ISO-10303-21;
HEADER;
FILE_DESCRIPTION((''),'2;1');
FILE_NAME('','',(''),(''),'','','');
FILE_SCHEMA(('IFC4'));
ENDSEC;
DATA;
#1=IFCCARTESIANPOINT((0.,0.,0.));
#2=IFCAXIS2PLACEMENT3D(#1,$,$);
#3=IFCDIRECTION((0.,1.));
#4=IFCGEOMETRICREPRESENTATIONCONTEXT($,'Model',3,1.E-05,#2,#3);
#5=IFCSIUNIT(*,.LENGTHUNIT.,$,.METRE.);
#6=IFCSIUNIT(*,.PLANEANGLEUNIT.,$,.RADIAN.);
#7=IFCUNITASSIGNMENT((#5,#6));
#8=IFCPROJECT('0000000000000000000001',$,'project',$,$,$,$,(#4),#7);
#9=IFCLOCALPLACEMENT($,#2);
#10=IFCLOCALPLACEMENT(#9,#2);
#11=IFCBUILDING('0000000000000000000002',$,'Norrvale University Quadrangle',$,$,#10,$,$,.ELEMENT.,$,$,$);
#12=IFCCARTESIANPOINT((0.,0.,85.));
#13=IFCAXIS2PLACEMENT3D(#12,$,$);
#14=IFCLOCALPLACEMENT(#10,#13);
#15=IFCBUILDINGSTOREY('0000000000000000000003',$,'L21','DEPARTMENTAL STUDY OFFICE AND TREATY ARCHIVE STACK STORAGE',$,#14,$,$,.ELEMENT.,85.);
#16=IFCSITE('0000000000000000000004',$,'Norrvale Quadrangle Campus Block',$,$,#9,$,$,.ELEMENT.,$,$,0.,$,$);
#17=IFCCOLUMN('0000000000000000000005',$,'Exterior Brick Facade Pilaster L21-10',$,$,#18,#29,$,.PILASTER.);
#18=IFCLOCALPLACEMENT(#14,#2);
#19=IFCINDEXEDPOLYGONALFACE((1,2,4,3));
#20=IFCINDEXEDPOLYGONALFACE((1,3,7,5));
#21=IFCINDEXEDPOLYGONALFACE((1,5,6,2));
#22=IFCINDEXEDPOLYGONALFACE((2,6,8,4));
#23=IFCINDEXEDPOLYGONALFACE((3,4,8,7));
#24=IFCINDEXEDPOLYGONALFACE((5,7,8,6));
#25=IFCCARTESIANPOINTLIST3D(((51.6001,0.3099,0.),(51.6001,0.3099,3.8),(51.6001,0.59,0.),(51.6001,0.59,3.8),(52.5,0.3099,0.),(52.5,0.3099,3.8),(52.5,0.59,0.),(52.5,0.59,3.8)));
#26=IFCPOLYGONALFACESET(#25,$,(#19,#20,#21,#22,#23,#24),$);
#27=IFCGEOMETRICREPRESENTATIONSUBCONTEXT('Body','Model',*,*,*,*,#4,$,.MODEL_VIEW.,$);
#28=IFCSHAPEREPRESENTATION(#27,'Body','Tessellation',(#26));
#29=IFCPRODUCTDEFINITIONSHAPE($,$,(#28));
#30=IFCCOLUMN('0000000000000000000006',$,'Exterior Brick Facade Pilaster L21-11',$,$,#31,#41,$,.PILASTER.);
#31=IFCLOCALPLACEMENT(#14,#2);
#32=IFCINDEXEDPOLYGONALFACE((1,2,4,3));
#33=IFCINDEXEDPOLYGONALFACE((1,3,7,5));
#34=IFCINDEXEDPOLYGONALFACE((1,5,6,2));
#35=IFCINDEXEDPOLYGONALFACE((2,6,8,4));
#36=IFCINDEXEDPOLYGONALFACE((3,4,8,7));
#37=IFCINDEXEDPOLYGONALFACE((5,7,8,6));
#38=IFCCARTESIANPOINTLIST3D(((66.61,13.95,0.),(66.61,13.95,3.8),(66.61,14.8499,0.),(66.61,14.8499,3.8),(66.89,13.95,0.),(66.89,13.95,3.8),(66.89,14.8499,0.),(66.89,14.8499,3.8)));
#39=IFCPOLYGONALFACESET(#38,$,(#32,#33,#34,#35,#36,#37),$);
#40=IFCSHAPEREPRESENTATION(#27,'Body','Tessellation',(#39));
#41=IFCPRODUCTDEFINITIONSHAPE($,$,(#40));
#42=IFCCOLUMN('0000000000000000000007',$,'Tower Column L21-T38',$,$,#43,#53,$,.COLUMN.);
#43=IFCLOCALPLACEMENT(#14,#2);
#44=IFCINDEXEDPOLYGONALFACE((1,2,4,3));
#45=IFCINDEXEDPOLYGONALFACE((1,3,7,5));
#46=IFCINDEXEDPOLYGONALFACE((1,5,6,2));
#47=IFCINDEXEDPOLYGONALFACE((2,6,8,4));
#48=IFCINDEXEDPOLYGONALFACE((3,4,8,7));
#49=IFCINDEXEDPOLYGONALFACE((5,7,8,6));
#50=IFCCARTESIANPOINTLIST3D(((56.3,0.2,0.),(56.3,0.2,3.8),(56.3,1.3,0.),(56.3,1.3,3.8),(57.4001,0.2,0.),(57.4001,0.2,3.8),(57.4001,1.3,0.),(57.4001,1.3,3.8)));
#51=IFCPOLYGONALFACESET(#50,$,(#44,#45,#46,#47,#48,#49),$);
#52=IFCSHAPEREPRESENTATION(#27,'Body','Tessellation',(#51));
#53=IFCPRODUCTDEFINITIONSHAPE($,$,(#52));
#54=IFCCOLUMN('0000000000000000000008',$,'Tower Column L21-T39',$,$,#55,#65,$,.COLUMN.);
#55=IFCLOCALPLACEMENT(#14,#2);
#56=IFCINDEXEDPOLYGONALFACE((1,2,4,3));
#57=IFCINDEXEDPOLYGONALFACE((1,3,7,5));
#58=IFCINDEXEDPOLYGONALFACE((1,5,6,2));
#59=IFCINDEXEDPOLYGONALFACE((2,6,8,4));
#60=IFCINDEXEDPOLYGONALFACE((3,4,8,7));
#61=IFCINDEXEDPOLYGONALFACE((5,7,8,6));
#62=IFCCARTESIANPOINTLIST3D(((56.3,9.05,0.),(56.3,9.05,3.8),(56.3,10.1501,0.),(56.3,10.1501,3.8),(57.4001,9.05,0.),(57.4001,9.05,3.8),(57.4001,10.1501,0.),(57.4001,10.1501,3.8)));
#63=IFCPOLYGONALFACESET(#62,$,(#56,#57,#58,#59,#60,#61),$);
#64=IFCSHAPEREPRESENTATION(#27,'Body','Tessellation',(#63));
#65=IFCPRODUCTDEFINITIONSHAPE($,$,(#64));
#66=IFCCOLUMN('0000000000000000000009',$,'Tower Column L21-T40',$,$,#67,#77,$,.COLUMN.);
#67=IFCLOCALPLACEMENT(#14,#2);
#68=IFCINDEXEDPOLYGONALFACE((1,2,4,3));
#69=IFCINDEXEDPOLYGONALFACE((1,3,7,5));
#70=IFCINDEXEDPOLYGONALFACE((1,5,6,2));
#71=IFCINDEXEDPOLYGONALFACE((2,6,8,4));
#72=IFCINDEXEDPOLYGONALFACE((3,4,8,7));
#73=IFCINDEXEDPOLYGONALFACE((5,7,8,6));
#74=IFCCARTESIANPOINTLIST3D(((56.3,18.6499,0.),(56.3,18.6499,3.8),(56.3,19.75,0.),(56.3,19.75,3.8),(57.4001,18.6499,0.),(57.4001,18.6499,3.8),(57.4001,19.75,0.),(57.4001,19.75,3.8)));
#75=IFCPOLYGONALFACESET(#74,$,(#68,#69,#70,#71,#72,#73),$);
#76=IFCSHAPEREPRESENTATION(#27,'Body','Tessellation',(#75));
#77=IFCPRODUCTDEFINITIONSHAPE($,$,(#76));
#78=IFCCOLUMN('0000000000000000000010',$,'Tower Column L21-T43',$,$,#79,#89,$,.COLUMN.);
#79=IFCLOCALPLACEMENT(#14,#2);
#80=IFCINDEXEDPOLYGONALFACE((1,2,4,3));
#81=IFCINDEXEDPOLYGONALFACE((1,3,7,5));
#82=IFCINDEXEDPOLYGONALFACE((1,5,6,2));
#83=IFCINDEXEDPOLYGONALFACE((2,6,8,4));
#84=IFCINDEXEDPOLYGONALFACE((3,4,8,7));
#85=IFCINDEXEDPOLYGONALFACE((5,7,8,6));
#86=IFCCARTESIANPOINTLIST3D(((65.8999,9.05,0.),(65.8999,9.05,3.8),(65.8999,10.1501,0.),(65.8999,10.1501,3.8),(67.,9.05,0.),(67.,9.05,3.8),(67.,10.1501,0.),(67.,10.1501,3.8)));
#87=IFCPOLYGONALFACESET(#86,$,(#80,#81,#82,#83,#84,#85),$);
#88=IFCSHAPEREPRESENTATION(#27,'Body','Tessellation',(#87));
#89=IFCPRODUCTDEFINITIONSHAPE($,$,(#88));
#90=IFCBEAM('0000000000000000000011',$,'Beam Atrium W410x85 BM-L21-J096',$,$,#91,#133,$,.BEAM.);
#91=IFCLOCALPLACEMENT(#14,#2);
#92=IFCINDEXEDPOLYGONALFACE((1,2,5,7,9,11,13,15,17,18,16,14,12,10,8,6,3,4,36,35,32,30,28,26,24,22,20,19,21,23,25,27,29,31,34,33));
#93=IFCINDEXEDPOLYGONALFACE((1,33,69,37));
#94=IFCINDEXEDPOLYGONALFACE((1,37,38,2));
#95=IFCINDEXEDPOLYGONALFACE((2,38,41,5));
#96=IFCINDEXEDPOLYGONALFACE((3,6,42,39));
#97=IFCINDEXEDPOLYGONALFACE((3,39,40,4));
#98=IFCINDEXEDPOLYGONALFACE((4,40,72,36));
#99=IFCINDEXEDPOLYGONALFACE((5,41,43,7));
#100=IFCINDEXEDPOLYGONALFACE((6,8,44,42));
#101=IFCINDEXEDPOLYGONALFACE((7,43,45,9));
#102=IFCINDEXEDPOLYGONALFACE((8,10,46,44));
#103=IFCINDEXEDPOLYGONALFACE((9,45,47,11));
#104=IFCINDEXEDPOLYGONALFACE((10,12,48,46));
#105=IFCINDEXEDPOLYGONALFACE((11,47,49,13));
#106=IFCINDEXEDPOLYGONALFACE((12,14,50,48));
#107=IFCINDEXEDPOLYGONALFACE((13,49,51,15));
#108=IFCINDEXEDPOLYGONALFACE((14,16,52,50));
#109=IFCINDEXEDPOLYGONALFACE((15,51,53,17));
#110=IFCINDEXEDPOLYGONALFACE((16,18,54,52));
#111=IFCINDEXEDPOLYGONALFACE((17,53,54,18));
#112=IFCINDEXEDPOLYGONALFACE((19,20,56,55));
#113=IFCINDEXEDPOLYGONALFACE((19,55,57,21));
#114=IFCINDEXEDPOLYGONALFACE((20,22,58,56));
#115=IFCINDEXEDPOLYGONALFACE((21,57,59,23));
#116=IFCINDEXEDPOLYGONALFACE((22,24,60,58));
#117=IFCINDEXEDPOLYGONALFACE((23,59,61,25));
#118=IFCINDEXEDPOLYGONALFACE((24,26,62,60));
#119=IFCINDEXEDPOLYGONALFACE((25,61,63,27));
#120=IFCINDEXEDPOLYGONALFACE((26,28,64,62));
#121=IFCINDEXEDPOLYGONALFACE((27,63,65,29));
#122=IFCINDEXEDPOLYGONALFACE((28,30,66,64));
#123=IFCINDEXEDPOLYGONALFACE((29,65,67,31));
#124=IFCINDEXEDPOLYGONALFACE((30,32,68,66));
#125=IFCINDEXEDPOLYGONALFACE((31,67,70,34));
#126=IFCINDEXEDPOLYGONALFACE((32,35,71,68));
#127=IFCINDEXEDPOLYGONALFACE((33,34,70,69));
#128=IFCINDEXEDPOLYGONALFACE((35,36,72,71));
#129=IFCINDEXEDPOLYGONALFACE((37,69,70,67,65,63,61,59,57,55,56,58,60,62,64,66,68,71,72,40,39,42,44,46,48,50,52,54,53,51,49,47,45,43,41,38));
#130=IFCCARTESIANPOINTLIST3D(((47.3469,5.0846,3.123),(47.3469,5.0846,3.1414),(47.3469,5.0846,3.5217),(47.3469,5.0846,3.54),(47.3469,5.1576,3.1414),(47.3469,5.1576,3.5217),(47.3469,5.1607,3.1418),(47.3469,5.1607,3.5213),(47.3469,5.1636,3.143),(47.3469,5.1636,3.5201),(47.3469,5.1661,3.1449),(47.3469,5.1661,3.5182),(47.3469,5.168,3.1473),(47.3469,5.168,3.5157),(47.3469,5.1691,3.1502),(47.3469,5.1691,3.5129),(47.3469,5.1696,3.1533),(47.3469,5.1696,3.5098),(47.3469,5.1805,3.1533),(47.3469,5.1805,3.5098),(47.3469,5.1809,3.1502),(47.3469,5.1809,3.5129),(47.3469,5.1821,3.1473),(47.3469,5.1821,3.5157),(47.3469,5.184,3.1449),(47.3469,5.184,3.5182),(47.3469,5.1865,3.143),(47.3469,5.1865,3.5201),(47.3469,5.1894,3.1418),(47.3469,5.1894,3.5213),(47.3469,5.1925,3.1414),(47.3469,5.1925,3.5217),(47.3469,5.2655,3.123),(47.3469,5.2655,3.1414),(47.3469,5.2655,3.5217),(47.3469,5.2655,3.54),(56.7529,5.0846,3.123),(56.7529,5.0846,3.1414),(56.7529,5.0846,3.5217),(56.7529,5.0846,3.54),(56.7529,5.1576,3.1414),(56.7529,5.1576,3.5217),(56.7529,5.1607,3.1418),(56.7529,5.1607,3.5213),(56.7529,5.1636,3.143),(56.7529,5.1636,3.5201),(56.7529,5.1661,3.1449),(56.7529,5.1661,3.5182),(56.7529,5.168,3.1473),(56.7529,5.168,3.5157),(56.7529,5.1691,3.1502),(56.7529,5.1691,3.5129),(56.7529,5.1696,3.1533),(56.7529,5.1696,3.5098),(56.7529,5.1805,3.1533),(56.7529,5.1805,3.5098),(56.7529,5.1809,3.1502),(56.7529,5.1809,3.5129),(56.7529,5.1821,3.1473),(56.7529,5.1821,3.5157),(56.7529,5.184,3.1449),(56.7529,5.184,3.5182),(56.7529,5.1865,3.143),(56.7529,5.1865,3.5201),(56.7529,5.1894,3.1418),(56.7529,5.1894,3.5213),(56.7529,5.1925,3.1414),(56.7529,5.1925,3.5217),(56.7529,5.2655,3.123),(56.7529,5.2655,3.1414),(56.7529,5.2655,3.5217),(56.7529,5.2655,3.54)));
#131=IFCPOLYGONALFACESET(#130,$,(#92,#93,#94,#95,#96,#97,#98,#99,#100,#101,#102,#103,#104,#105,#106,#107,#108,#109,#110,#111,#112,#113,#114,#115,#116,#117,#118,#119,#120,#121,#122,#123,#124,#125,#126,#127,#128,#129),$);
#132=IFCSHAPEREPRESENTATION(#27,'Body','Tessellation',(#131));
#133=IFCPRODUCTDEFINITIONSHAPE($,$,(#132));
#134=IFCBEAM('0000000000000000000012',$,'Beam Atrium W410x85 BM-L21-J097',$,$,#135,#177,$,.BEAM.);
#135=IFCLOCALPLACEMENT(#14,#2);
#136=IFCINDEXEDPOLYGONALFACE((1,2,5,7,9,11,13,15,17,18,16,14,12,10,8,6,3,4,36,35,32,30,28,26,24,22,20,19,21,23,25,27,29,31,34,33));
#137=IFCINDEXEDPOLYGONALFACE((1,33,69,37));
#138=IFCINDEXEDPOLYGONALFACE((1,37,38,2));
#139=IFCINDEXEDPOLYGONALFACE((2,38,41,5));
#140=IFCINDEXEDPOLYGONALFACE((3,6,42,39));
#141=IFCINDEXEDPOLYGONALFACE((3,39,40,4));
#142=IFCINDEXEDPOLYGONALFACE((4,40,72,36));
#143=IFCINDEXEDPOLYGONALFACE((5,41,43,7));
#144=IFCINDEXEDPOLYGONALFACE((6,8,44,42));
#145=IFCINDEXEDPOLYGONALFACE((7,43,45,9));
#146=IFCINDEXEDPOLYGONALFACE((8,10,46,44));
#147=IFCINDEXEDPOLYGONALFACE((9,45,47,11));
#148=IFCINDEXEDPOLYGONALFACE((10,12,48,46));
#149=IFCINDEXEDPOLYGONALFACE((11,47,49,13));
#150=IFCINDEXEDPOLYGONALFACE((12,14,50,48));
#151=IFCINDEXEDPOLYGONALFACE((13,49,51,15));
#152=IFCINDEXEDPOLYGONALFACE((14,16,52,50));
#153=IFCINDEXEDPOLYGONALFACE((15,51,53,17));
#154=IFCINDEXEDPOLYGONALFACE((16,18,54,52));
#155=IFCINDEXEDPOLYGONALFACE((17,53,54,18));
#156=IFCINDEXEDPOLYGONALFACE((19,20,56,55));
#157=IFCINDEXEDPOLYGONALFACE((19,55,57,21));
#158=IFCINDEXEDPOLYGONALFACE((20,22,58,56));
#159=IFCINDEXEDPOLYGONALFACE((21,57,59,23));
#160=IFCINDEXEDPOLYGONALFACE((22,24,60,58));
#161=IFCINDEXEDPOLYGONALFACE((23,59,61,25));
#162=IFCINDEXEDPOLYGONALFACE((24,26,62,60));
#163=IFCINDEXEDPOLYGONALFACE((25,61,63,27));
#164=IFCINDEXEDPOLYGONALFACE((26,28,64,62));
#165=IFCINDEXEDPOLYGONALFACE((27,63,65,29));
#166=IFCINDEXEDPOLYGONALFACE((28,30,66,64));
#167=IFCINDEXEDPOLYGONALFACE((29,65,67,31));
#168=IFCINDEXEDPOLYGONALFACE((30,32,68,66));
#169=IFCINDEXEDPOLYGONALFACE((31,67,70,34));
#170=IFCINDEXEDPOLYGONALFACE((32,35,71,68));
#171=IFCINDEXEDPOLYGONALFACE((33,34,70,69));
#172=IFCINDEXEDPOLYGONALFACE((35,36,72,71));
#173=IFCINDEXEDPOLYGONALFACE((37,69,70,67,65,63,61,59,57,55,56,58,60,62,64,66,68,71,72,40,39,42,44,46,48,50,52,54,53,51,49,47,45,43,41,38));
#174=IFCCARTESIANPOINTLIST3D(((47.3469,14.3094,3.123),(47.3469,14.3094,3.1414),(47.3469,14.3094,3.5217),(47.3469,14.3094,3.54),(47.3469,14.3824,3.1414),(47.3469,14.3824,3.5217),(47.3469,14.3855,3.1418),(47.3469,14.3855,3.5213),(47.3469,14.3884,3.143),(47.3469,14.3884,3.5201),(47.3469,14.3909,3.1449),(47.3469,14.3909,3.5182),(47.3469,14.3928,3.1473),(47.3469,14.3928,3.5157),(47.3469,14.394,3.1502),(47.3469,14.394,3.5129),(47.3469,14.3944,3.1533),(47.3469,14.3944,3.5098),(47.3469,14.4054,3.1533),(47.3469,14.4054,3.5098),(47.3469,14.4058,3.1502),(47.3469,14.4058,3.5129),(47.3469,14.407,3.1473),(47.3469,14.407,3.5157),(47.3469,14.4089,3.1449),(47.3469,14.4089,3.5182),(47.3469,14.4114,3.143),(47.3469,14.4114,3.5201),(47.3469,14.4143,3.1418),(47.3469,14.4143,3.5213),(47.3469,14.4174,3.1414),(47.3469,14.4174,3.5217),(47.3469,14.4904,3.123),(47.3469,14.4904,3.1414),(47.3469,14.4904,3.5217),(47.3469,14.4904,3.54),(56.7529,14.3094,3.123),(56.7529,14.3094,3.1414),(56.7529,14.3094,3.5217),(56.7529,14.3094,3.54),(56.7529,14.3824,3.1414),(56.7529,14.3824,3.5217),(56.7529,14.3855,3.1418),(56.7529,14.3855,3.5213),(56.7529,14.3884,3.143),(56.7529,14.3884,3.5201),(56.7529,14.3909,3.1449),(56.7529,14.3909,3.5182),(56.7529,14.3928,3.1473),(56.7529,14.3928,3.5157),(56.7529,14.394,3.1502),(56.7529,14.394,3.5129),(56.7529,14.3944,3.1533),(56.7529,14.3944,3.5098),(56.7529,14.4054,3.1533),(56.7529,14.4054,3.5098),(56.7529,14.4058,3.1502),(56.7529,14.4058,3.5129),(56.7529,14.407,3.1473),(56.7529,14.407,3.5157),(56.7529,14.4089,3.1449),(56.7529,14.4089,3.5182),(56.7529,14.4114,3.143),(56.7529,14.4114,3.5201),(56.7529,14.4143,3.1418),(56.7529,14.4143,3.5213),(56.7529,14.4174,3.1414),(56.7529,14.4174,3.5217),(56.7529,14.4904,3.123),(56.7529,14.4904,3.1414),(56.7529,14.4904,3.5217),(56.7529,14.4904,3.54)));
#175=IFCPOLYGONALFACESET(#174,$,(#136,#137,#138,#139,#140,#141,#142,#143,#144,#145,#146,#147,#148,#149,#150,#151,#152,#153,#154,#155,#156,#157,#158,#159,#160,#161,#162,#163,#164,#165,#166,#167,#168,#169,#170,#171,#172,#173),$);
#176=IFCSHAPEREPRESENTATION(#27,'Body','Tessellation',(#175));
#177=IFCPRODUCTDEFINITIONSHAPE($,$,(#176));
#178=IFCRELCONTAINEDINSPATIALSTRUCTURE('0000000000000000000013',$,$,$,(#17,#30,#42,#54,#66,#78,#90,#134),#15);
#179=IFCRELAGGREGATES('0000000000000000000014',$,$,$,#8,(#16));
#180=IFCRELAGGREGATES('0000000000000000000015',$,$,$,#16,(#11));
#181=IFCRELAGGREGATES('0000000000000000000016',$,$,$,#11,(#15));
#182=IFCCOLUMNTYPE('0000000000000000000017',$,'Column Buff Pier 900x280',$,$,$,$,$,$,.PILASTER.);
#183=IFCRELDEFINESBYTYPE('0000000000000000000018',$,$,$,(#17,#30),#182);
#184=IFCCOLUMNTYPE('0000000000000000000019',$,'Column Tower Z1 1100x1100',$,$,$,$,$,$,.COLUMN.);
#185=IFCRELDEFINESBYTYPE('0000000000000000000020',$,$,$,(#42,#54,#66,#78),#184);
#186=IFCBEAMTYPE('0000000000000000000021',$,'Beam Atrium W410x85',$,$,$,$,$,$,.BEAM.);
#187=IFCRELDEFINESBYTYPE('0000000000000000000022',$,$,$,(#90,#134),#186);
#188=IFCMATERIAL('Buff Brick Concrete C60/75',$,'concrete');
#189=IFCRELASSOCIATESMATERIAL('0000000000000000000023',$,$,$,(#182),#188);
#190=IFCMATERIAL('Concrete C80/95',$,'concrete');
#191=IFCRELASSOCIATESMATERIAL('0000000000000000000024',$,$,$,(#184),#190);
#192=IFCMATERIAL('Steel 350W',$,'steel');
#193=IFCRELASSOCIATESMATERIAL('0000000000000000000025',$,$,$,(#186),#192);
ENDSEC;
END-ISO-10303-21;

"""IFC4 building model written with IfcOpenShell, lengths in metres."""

from ifc_helpers import new_model, si_unit, direction, frame, origin, origin_2d, place, context, subcontext, project, spatial, rectangle, i_section, extrude, material, material_profile, profile_set, type_object, element, save


model = new_model("IFC4")

# Units and contexts
model_context = context("Model", 3, precision=1e-05, world=origin(), true_north=direction((0.0, 1.0)))
body_context = subcontext(model_context, "Body", "Model", "MODEL_VIEW")
ifc_project = project(units=[si_unit("LENGTHUNIT", "METRE"), si_unit("PLANEANGLEUNIT", "RADIAN")], contexts=[model_context])

# Site, building, storey
site_placement = place(None, origin())
site = spatial("IfcSite", under=ifc_project, at=site_placement, Name="Norrvale Quadrangle Campus Block", CompositionType="ELEMENT", RefElevation=0.0)
building_placement = place(site_placement, origin())
building = spatial("IfcBuilding", under=site, at=building_placement, Name="Norrvale University Quadrangle", CompositionType="ELEMENT")
storey_placement = place(building_placement, frame((0.0, 0.0, 85.0)))
storey = spatial("IfcBuildingStorey", under=building, at=storey_placement, Name="L21", Description="DEPARTMENTAL STUDY OFFICE AND TREATY ARCHIVE STACK STORAGE", CompositionType="ELEMENT", Elevation=85.0)

# Columns
ifc_material_1 = material(Name="Buff Brick Concrete C60/75", Category="concrete")
ifc_material_profile_1 = material_profile(ifc_material_1, rectangle(XDim=0.8999, YDim=0.28, at=origin_2d()), Name="Buff Brick Concrete C60/75")
ifc_profile_set_1 = profile_set([ifc_material_profile_1], Name="Buff Brick Concrete C60/75")
column_type_1 = type_object("IfcColumnType", Name="Column Buff Pier 900x280", PredefinedType="PILASTER", material=ifc_profile_set_1)
for number, where, z_axis, x_axis, name in (
    (1, (52.05, 0.45, 0.0), (0.0, 0.0, 1.0), (1.0, 0.0, 0.0), "Exterior Brick Facade Pilaster L21-10"),
    (2, (66.75, 14.3999, 0.0), (0.0, 0.0, 1.0), (0.0, 1.0, 0.0), "Exterior Brick Facade Pilaster L21-11"),
):
    element("IfcColumn", number, at=place(storey_placement, frame(where, z_axis=z_axis, x_axis=x_axis)), inside=storey, type_object=column_type_1, Name=name, PredefinedType="PILASTER", context=body_context, shape_type="SweptSolid", body=[
        extrude(rectangle(XDim=0.8999, YDim=0.28, at=origin_2d()), origin(), (0.0, 0.0, 1.0), 3.8),
    ])
ifc_material_2 = material(Name="Concrete C80/95", Category="concrete")
ifc_material_profile_2 = material_profile(ifc_material_2, rectangle(XDim=1.1001, YDim=1.1001, at=origin_2d()), Name="Concrete C80/95")
ifc_profile_set_2 = profile_set([ifc_material_profile_2], Name="Concrete C80/95")
column_type_2 = type_object("IfcColumnType", Name="Column Tower Z1 1100x1100", PredefinedType="COLUMN", material=ifc_profile_set_2)
for number, where, z_axis, x_axis, name in (
    (3, (56.8501, 0.75, 0.0), (0.0, 0.0, 1.0), (1.0, 0.0, 0.0), "Tower Column L21-T38"),
    (4, (56.8501, 9.6001, 0.0), (0.0, 0.0, 1.0), (1.0, 0.0, 0.0), "Tower Column L21-T39"),
    (5, (56.8501, 19.2, 0.0), (0.0, 0.0, 1.0), (1.0, 0.0, 0.0), "Tower Column L21-T40"),
    (6, (66.45, 9.6001, 0.0), (0.0, 0.0, 1.0), (1.0, 0.0, 0.0), "Tower Column L21-T43"),
):
    element("IfcColumn", number, at=place(storey_placement, frame(where, z_axis=z_axis, x_axis=x_axis)), inside=storey, type_object=column_type_2, Name=name, PredefinedType="COLUMN", context=body_context, shape_type="SweptSolid", body=[
        extrude(rectangle(XDim=1.1001, YDim=1.1001, at=origin_2d()), origin(), (0.0, 0.0, 1.0), 3.8),
    ])

# Beams
ifc_material_3 = material(Name="Steel 350W", Category="steel")
ifc_material_profile_3 = material_profile(ifc_material_3, i_section(OverallWidth=0.1809, OverallDepth=0.417, WebThickness=0.011, FlangeThickness=0.0183, FilletRadius=0.012, at=origin_2d()), Name="Steel 350W")
ifc_profile_set_3 = profile_set([ifc_material_profile_3], Name="Steel 350W")
beam_type_1 = type_object("IfcBeamType", Name="Beam Atrium W410x85", PredefinedType="BEAM", material=ifc_profile_set_3)
for number, where, z_axis, x_axis, name in (
    (7, (47.3469, 5.175, 3.3315), (1.0, 0.0, 0.0), (0.0, 1.0, 0.0), "Beam Atrium W410x85 BM-L21-J096"),
    (8, (47.3469, 14.3999, 3.3315), (1.0, 0.0, 0.0), (0.0, 1.0, 0.0), "Beam Atrium W410x85 BM-L21-J097"),
):
    element("IfcBeam", number, at=place(storey_placement, frame(where, z_axis=z_axis, x_axis=x_axis)), inside=storey, type_object=beam_type_1, Name=name, PredefinedType="BEAM", context=body_context, shape_type="SweptSolid", body=[
        extrude(i_section(OverallWidth=0.1809, OverallDepth=0.417, WebThickness=0.011, FlangeThickness=0.0183, FilletRadius=0.012, at=origin_2d()), origin(), (0.0, 0.0, 1.0), 9.406),
    ])

save(model, "model.ifc")
